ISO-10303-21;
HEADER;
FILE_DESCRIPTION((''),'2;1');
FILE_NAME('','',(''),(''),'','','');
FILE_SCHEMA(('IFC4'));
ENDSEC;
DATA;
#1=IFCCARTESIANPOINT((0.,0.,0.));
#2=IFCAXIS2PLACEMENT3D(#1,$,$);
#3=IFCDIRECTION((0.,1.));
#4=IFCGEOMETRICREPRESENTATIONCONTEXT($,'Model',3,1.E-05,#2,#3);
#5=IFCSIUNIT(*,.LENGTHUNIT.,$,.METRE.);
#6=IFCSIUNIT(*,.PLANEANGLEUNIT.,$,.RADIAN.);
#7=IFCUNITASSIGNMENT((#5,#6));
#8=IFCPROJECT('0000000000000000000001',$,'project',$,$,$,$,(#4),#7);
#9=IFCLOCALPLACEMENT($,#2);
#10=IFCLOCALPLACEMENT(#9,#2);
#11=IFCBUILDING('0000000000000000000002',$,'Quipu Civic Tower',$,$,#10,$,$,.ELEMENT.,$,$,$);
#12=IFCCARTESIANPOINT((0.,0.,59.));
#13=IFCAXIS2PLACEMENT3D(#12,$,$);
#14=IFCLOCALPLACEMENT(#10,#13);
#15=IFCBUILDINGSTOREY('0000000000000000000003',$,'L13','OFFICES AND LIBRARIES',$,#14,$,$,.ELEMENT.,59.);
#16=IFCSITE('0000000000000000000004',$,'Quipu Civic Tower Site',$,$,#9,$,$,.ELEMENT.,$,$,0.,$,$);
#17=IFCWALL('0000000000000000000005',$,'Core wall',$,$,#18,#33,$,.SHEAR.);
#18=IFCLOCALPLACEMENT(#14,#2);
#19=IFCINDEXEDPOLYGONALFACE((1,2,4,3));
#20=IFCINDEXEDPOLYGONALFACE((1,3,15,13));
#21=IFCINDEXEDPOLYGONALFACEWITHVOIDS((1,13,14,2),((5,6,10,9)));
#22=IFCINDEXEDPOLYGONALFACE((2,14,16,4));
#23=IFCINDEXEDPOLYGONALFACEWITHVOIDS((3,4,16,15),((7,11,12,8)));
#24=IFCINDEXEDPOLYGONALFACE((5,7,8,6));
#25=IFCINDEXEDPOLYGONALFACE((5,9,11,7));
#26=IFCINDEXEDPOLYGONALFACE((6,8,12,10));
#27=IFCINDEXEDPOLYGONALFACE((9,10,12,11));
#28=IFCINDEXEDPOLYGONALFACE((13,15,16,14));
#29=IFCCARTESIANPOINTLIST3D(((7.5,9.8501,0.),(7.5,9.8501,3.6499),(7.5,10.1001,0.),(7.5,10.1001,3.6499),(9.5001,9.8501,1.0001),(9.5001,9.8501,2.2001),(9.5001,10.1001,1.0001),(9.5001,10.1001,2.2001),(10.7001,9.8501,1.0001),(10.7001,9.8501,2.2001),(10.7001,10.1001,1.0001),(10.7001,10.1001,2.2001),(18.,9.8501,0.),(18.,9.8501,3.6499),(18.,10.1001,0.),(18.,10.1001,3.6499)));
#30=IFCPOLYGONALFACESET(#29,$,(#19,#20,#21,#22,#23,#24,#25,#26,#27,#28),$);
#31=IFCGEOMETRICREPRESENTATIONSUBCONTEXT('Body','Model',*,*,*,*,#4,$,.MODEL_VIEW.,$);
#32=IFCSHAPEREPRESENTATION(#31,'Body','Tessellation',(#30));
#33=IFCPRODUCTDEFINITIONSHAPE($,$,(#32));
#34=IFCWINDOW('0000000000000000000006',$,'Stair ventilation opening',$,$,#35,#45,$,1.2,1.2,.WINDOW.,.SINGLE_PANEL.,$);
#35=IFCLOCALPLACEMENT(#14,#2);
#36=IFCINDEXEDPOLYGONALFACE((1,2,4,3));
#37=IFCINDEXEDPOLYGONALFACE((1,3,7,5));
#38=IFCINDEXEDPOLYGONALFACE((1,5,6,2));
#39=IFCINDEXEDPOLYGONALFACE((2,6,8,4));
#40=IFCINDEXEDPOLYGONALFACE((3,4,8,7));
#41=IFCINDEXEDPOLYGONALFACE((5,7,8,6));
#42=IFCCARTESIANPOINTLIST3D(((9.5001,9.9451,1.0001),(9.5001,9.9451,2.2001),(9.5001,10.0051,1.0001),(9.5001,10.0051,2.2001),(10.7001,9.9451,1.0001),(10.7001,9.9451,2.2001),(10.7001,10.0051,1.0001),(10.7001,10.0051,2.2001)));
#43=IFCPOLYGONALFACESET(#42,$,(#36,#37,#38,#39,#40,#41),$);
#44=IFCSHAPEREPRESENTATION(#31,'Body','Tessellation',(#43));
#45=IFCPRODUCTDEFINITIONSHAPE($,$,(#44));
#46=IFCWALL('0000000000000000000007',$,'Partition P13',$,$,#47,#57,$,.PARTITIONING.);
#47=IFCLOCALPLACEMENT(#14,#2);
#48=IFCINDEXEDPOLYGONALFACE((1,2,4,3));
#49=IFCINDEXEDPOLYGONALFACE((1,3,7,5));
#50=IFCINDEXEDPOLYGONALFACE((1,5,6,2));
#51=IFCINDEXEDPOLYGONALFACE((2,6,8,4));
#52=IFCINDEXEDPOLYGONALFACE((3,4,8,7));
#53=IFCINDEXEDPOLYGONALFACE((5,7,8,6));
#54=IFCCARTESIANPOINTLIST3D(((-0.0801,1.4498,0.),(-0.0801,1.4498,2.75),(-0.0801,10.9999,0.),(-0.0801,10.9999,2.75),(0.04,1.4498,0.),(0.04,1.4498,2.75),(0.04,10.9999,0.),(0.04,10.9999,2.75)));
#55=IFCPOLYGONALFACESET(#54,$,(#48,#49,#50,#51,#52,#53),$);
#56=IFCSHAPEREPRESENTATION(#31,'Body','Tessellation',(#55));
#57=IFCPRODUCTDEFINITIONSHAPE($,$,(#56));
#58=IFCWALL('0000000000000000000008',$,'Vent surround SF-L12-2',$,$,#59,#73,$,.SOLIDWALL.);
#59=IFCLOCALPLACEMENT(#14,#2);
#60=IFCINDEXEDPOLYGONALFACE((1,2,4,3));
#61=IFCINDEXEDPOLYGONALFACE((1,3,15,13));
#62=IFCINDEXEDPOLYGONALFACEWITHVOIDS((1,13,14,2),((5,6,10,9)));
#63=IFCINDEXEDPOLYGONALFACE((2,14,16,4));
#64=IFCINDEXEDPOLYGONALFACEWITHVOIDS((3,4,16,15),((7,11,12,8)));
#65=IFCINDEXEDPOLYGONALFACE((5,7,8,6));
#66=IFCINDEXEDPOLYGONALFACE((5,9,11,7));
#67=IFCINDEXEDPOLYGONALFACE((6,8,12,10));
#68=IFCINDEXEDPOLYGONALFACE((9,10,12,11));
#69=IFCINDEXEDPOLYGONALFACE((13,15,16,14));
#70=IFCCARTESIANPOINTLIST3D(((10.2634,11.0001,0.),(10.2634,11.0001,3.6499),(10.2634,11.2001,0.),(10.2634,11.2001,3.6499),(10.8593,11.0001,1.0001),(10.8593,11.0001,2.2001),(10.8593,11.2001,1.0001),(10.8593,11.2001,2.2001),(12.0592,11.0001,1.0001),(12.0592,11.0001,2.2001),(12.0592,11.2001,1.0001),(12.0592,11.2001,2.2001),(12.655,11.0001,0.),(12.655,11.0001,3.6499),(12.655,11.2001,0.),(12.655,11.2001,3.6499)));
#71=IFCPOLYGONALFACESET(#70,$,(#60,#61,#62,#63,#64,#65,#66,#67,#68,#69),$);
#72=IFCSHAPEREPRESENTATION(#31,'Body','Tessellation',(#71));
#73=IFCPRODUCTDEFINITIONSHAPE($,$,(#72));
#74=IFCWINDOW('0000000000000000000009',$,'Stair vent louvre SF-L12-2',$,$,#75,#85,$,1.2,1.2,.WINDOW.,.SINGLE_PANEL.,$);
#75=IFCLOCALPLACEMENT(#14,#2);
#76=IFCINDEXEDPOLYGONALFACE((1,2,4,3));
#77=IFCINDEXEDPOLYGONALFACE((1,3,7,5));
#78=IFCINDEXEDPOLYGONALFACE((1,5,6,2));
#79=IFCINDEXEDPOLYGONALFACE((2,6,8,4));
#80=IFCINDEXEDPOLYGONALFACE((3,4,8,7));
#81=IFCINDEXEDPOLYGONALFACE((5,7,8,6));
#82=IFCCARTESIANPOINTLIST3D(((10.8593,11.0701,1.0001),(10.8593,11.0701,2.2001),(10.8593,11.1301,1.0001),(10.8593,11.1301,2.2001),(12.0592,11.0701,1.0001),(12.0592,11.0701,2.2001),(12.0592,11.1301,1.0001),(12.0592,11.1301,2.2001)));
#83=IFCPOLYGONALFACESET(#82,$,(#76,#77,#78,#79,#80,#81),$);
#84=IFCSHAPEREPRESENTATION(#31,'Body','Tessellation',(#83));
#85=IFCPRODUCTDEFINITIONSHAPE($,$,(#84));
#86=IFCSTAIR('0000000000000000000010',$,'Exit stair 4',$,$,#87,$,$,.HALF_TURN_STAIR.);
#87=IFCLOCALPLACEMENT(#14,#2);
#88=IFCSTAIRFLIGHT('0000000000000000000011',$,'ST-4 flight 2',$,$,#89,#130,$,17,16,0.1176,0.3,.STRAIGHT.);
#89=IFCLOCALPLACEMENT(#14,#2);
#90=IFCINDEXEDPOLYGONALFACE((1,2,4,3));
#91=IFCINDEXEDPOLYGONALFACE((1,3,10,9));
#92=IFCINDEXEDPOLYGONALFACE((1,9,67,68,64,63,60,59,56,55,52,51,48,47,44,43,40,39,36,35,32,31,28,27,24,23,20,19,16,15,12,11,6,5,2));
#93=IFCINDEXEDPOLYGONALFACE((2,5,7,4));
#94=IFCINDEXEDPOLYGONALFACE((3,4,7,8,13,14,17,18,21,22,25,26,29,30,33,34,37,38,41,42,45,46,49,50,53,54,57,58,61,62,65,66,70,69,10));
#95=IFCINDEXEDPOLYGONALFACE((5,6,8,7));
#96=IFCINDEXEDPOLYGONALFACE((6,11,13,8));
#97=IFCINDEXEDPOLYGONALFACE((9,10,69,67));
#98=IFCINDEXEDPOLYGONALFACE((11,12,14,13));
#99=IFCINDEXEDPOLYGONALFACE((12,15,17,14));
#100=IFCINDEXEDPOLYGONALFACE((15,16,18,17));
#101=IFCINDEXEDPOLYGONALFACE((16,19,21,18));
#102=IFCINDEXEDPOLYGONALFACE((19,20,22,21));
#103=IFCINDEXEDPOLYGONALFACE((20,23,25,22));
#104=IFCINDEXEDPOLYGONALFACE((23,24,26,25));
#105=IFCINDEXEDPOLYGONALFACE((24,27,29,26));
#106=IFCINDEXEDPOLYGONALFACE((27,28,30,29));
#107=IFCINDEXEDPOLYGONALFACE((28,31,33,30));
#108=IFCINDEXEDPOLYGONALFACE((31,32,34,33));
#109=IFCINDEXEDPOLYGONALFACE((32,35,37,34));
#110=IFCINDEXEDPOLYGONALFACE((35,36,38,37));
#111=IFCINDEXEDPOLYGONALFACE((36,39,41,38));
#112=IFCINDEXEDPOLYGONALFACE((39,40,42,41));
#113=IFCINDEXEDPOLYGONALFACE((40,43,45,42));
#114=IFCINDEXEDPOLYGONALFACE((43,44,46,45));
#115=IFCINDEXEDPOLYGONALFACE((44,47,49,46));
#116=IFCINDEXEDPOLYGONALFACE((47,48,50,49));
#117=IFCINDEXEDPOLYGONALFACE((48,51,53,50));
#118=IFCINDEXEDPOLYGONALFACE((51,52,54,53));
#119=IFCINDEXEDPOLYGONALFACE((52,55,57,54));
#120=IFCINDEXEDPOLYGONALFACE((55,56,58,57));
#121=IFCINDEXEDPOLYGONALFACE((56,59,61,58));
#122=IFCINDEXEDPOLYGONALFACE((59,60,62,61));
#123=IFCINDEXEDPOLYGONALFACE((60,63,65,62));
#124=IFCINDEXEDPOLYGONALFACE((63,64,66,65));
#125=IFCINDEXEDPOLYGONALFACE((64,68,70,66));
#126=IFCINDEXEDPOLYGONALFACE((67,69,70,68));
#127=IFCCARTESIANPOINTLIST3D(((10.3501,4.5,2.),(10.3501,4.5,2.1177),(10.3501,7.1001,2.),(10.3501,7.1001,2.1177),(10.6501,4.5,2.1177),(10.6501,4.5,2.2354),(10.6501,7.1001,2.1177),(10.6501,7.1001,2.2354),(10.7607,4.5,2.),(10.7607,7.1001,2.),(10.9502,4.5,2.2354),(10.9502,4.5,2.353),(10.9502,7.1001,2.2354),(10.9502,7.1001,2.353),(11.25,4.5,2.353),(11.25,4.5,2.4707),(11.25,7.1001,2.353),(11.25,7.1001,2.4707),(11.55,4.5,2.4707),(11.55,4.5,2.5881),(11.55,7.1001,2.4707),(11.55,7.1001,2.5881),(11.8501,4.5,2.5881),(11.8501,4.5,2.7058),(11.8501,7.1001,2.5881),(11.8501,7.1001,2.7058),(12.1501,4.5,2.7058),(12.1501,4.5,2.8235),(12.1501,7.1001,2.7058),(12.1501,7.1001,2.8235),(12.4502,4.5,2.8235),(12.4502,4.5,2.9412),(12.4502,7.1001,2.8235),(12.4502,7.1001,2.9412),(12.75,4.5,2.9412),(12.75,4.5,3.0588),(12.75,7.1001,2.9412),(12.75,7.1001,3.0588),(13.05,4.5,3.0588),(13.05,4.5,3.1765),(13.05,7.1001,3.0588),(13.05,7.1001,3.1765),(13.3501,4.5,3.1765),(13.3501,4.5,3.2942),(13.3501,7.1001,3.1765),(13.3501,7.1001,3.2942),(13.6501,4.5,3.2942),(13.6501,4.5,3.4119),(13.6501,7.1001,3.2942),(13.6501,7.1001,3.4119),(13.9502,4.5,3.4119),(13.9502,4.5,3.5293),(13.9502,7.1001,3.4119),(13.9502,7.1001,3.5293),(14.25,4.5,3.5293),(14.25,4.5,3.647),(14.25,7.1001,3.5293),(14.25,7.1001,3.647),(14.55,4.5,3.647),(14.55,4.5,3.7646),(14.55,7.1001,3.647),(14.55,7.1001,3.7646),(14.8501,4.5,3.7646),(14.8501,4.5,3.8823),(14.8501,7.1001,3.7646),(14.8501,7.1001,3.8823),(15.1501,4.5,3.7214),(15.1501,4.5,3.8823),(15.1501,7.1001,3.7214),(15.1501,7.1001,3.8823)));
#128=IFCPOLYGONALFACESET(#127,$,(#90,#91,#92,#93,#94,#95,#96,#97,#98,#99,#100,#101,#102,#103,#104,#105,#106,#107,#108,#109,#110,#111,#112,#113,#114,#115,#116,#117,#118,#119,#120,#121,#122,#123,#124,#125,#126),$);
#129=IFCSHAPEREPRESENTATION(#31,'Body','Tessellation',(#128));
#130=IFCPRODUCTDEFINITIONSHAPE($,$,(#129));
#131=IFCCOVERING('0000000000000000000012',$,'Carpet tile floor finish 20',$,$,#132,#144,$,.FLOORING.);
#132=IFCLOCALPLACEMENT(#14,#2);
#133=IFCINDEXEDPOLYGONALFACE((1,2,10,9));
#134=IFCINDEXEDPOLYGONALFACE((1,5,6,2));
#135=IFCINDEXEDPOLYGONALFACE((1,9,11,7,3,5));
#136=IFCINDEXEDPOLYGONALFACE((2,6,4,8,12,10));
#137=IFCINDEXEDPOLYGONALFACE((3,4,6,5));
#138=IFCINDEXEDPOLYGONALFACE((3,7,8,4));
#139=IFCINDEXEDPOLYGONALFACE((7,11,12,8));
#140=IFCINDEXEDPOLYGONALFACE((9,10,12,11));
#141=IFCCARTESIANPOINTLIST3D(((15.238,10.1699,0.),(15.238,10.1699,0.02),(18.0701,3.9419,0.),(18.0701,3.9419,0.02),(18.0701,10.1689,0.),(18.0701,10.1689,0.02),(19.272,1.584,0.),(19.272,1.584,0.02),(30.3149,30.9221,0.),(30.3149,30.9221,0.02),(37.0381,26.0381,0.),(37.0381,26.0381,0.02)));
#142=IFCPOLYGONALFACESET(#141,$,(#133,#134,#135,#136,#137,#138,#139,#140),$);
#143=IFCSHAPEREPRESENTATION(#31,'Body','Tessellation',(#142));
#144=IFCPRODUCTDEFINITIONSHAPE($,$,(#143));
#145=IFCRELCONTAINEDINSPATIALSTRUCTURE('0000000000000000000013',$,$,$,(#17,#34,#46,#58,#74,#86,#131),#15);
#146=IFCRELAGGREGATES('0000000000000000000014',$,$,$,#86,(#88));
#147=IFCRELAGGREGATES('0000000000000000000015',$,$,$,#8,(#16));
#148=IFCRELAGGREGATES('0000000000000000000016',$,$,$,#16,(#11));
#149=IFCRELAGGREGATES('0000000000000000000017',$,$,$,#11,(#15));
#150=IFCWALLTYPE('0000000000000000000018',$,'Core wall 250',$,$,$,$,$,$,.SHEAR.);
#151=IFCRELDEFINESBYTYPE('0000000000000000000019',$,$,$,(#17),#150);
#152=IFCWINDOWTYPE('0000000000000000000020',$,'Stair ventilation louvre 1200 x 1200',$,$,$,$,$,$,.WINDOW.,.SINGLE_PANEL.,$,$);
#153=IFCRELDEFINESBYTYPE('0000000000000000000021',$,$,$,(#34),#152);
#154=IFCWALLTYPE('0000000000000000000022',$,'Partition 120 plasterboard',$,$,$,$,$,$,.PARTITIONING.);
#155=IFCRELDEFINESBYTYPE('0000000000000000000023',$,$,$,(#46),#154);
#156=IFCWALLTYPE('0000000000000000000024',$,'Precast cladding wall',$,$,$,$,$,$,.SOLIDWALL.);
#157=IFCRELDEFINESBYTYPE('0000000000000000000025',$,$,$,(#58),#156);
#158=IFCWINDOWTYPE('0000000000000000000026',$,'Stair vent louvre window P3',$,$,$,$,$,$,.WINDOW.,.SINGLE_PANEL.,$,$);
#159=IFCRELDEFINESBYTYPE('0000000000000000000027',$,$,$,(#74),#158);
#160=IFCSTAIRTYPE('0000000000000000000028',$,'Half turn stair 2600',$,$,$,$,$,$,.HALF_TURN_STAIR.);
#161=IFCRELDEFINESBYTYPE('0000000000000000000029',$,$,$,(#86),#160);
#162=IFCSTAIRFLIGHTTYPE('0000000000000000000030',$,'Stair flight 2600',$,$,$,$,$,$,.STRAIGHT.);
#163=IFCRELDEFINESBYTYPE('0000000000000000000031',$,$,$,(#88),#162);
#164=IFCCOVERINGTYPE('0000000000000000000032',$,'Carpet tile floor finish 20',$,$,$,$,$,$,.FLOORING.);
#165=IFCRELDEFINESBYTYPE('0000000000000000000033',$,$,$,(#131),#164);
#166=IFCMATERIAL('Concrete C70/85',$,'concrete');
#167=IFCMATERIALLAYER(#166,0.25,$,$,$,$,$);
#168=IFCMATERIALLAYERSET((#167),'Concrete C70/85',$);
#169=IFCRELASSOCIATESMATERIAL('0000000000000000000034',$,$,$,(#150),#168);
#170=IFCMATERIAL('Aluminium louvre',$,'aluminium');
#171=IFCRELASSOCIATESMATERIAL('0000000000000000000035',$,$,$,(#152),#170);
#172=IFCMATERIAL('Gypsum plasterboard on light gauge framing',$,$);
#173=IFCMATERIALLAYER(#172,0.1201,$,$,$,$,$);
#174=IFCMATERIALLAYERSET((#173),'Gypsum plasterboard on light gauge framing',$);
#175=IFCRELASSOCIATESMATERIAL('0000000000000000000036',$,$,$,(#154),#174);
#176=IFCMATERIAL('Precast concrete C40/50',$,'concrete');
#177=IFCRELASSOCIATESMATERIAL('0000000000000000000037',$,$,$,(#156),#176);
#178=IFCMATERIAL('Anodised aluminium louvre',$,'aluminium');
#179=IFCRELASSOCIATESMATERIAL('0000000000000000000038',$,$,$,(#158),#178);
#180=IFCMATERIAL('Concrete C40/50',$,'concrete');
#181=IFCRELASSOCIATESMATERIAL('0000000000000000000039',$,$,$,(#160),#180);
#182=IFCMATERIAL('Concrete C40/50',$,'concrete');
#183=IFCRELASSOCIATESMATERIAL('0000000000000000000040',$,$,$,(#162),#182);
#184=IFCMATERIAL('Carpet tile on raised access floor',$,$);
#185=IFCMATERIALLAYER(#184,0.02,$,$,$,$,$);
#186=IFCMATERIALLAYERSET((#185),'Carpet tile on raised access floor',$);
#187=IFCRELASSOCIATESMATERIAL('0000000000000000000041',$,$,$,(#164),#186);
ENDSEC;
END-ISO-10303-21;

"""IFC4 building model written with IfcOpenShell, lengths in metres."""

from ifc_helpers import new_model, si_unit, direction, frame, frame_2d, origin, place, context, subcontext, project, spatial, polyline, rectangle, outline, extrude, material, layer, layer_set, type_object, element, fill, aggregate, save


model = new_model("IFC4")

# Units and contexts
model_context = context("Model", 3, precision=1e-05, world=origin(), true_north=direction((0.0, 1.0)))
body_context = subcontext(model_context, "Body", "Model", "MODEL_VIEW")
ifc_project = project(units=[si_unit("LENGTHUNIT", "METRE"), si_unit("PLANEANGLEUNIT", "RADIAN")], contexts=[model_context])

# Site, building, storey
site_placement = place(None, origin())
site = spatial("IfcSite", under=ifc_project, at=site_placement, Name="Quipu Civic Tower Site", CompositionType="ELEMENT", RefElevation=0.0)
building_placement = place(site_placement, origin())
building = spatial("IfcBuilding", under=site, at=building_placement, Name="Quipu Civic Tower", CompositionType="ELEMENT")
storey_placement = place(building_placement, frame((0.0, 0.0, 59.0)))
storey = spatial("IfcBuildingStorey", under=building, at=storey_placement, Name="L13", Description="OFFICES AND LIBRARIES", CompositionType="ELEMENT", Elevation=59.0)

# Shared definitions
ifc_material_1 = material(Name="Concrete C70/85", Category="concrete")
ifc_layer_1 = layer(ifc_material_1, 0.25)
ifc_layer_set_1 = layer_set([ifc_layer_1], Name="Concrete C70/85")
wall_type_1 = type_object("IfcWallType", Name="Core wall 250", PredefinedType="SHEAR", material=ifc_layer_set_1)

# Wall, opening, window
wall_1_placement = place(storey_placement, frame((7.5, 9.9751, 0.0), z_axis=(0.0, 0.0, 1.0), x_axis=(1.0, 0.0, 0.0)))
wall_1 = element("IfcWall", 1, at=wall_1_placement, inside=storey, type_object=wall_type_1, Name="Core wall", PredefinedType="SHEAR", context=body_context, shape_type="SweptSolid", body=[
    extrude(rectangle(XDim=10.5, YDim=0.25, at=frame_2d((5.25, 0.0))), origin(), (0.0, 0.0, 1.0), 3.6499),
])
opening_1_placement = place(wall_1_placement, frame((2.0, 0.0, 1.0)))
opening_1 = element("IfcOpeningElement", 2, at=opening_1_placement, cuts=wall_1, PredefinedType="OPENING", context=body_context, shape_type="SweptSolid", body=[
    extrude(rectangle(XDim=1.2, YDim=1.2, at=frame_2d((0.6001, 0.6001))), frame((0.0, 0.135, 0.0), z_axis=(0.0, -1.0, 0.0), x_axis=(1.0, 0.0, 0.0)), (0.0, 0.0, 1.0), 0.27),
])
ifc_material_2 = material(Name="Aluminium louvre", Category="aluminium")
window_type_1 = type_object("IfcWindowType", Name="Stair ventilation louvre 1200 x 1200", PartitioningType="SINGLE_PANEL", PredefinedType="WINDOW", material=ifc_material_2)
window_1_placement = place(opening_1_placement, origin())
window_1 = element("IfcWindow", 3, at=window_1_placement, inside=storey, type_object=window_type_1, Name="Stair ventilation opening", OverallHeight=1.2, OverallWidth=1.2, PartitioningType="SINGLE_PANEL", PredefinedType="WINDOW", context=body_context, shape_type="SweptSolid", body=[
    extrude(rectangle(XDim=1.2, YDim=1.2, at=frame_2d((0.6001, 0.6001))), frame((0.0, 0.03, 0.0), z_axis=(0.0, -1.0, 0.0), x_axis=(1.0, 0.0, 0.0)), (0.0, 0.0, 1.0), 0.0601),
])
fill(opening_1, window_1)

# Wall
ifc_material_3 = material(Name="Gypsum plasterboard on light gauge framing")
ifc_layer_2 = layer(ifc_material_3, 0.1201)
ifc_layer_set_2 = layer_set([ifc_layer_2], Name="Gypsum plasterboard on light gauge framing")
wall_type_2 = type_object("IfcWallType", Name="Partition 120 plasterboard", PredefinedType="PARTITIONING", material=ifc_layer_set_2)
wall_2_placement = place(storey_placement, frame((-0.02, 1.45, 0.0), z_axis=(0.0, 0.0, 1.0), x_axis=(0.0, 1.0, 0.0)))
element("IfcWall", 4, at=wall_2_placement, inside=storey, type_object=wall_type_2, Name="Partition P13", PredefinedType="PARTITIONING", context=body_context, shape_type="SweptSolid", body=[
    extrude(rectangle(XDim=9.55, YDim=0.1201, at=frame_2d((4.7749, 0.0))), origin(), (0.0, 0.0, 1.0), 2.75),
])

# Wall, opening, window
ifc_material_4 = material(Name="Precast concrete C40/50", Category="concrete")
wall_type_3 = type_object("IfcWallType", Name="Precast cladding wall", PredefinedType="SOLIDWALL", material=ifc_material_4)
wall_3_placement = place(storey_placement, frame((12.655, 11.1001, 0.0), z_axis=(0.0, 0.0, 1.0), x_axis=(-1.0, 0.0, 0.0)))
wall_3 = element("IfcWall", 5, at=wall_3_placement, inside=storey, type_object=wall_type_3, Name="Vent surround SF-L12-2", PredefinedType="SOLIDWALL", context=body_context, shape_type="SweptSolid", body=[
    extrude(rectangle(XDim=2.3916, YDim=0.2, at=frame_2d((1.1958, 0.0))), origin(), (0.0, 0.0, 1.0), 3.6499),
])
opening_2_placement = place(wall_3_placement, frame((0.5957, 0.0, 1.0)))
opening_2 = element("IfcOpeningElement", 6, at=opening_2_placement, cuts=wall_3, PredefinedType="OPENING", context=body_context, shape_type="SweptSolid", body=[
    extrude(rectangle(XDim=1.2, YDim=1.2, at=frame_2d((0.6001, 0.6001))), frame((0.0, 0.1099, 0.0), z_axis=(0.0, -1.0, 0.0), x_axis=(1.0, 0.0, 0.0)), (0.0, 0.0, 1.0), 0.22),
])
ifc_material_5 = material(Name="Anodised aluminium louvre", Category="aluminium")
window_type_2 = type_object("IfcWindowType", Name="Stair vent louvre window P3", PartitioningType="SINGLE_PANEL", PredefinedType="WINDOW", material=ifc_material_5)
window_2_placement = place(opening_2_placement, origin())
window_2 = element("IfcWindow", 7, at=window_2_placement, inside=storey, type_object=window_type_2, Name="Stair vent louvre SF-L12-2", OverallHeight=1.2, OverallWidth=1.2, PartitioningType="SINGLE_PANEL", PredefinedType="WINDOW", context=body_context, shape_type="SweptSolid", body=[
    extrude(rectangle(XDim=1.2, YDim=1.2, at=frame_2d((0.6001, 0.6001))), frame((0.0, 0.03, 0.0), z_axis=(0.0, -1.0, 0.0), x_axis=(1.0, 0.0, 0.0)), (0.0, 0.0, 1.0), 0.0601),
])
fill(opening_2, window_2)

# Stair, stair flight
ifc_material_6 = material(Name="Concrete C40/50", Category="concrete")
stair_type = type_object("IfcStairType", Name="Half turn stair 2600", PredefinedType="HALF_TURN_STAIR", material=ifc_material_6)
stair_placement = place(storey_placement, origin())
stair = element("IfcStair", 8, at=stair_placement, inside=storey, type_object=stair_type, Name="Exit stair 4", PredefinedType="HALF_TURN_STAIR")
ifc_material_7 = material(Name="Concrete C40/50", Category="concrete")
stair_flight_type = type_object("IfcStairFlightType", Name="Stair flight 2600", PredefinedType="STRAIGHT", material=ifc_material_7)
stair_flight_placement = place(storey_placement, frame((10.3501, 5.8, 2.0), z_axis=(0.0, 0.0, 1.0), x_axis=(1.0, 0.0, 0.0)))
stair_flight = element("IfcStairFlight", 9, at=stair_flight_placement, type_object=stair_flight_type, Name="ST-4 flight 2", NumberOfRisers=17, NumberOfTreads=16, PredefinedType="STRAIGHT", RiserHeight=0.1176, TreadLength=0.3, context=body_context, shape_type="SweptSolid", body=[
    extrude(outline(polyline([(0.0, 0.0), (0.0, 0.1177), (0.3, 0.1177), (0.3, 0.2354), (0.6001, 0.2354), (0.6001, 0.353), (0.8999, 0.353), (0.8999, 0.4707), (1.2, 0.4707), (1.2, 0.5881), (1.5, 0.5881), (1.5, 0.7058), (1.8, 0.7058), (1.8, 0.8235), (2.1001, 0.8235), (2.1001, 0.9412), (2.3999, 0.9412), (2.3999, 1.0588), (2.7, 1.0588), (2.7, 1.1765), (3.0, 1.1765), (3.0, 1.2942), (3.3, 1.2942), (3.3, 1.4119), (3.6001, 1.4119), (3.6001, 1.5293), (3.8999, 1.5293), (3.8999, 1.647), (4.2, 1.647), (4.2, 1.7646), (4.5, 1.7646), (4.5, 1.8823), (4.8, 1.8823), (4.8, 2.0), (4.8, 1.7214), (0.4106, 0.0), (0.0, 0.0)])), frame((0.0, 1.3, 0.0), z_axis=(0.0, -1.0, 0.0), x_axis=(1.0, 0.0, 0.0)), (0.0, 0.0, 1.0), 2.6001),
])
aggregate(stair, [stair_flight])

# Covering
ifc_material_8 = material(Name="Carpet tile on raised access floor")
ifc_layer_3 = layer(ifc_material_8, 0.02)
ifc_layer_set_3 = layer_set([ifc_layer_3], Name="Carpet tile on raised access floor")
covering_type_1 = type_object("IfcCoveringType", Name="Carpet tile floor finish 20", PredefinedType="FLOORING", material=ifc_layer_set_3)
covering_1_placement = place(storey_placement, origin())
element("IfcCovering", 10, at=covering_1_placement, inside=storey, type_object=covering_type_1, Name="Carpet tile floor finish 20", PredefinedType="FLOORING", context=body_context, shape_type="SweptSolid", body=[
    extrude(outline(polyline([(15.238, 10.1699), (30.3149, 30.9221), (37.0381, 26.0381), (19.272, 1.584), (18.0701, 3.9419), (18.0701, 10.1689), (15.238, 10.1699)])), origin(), (0.0, 0.0, 1.0), 0.02),
])

save(model, "model.ifc")
